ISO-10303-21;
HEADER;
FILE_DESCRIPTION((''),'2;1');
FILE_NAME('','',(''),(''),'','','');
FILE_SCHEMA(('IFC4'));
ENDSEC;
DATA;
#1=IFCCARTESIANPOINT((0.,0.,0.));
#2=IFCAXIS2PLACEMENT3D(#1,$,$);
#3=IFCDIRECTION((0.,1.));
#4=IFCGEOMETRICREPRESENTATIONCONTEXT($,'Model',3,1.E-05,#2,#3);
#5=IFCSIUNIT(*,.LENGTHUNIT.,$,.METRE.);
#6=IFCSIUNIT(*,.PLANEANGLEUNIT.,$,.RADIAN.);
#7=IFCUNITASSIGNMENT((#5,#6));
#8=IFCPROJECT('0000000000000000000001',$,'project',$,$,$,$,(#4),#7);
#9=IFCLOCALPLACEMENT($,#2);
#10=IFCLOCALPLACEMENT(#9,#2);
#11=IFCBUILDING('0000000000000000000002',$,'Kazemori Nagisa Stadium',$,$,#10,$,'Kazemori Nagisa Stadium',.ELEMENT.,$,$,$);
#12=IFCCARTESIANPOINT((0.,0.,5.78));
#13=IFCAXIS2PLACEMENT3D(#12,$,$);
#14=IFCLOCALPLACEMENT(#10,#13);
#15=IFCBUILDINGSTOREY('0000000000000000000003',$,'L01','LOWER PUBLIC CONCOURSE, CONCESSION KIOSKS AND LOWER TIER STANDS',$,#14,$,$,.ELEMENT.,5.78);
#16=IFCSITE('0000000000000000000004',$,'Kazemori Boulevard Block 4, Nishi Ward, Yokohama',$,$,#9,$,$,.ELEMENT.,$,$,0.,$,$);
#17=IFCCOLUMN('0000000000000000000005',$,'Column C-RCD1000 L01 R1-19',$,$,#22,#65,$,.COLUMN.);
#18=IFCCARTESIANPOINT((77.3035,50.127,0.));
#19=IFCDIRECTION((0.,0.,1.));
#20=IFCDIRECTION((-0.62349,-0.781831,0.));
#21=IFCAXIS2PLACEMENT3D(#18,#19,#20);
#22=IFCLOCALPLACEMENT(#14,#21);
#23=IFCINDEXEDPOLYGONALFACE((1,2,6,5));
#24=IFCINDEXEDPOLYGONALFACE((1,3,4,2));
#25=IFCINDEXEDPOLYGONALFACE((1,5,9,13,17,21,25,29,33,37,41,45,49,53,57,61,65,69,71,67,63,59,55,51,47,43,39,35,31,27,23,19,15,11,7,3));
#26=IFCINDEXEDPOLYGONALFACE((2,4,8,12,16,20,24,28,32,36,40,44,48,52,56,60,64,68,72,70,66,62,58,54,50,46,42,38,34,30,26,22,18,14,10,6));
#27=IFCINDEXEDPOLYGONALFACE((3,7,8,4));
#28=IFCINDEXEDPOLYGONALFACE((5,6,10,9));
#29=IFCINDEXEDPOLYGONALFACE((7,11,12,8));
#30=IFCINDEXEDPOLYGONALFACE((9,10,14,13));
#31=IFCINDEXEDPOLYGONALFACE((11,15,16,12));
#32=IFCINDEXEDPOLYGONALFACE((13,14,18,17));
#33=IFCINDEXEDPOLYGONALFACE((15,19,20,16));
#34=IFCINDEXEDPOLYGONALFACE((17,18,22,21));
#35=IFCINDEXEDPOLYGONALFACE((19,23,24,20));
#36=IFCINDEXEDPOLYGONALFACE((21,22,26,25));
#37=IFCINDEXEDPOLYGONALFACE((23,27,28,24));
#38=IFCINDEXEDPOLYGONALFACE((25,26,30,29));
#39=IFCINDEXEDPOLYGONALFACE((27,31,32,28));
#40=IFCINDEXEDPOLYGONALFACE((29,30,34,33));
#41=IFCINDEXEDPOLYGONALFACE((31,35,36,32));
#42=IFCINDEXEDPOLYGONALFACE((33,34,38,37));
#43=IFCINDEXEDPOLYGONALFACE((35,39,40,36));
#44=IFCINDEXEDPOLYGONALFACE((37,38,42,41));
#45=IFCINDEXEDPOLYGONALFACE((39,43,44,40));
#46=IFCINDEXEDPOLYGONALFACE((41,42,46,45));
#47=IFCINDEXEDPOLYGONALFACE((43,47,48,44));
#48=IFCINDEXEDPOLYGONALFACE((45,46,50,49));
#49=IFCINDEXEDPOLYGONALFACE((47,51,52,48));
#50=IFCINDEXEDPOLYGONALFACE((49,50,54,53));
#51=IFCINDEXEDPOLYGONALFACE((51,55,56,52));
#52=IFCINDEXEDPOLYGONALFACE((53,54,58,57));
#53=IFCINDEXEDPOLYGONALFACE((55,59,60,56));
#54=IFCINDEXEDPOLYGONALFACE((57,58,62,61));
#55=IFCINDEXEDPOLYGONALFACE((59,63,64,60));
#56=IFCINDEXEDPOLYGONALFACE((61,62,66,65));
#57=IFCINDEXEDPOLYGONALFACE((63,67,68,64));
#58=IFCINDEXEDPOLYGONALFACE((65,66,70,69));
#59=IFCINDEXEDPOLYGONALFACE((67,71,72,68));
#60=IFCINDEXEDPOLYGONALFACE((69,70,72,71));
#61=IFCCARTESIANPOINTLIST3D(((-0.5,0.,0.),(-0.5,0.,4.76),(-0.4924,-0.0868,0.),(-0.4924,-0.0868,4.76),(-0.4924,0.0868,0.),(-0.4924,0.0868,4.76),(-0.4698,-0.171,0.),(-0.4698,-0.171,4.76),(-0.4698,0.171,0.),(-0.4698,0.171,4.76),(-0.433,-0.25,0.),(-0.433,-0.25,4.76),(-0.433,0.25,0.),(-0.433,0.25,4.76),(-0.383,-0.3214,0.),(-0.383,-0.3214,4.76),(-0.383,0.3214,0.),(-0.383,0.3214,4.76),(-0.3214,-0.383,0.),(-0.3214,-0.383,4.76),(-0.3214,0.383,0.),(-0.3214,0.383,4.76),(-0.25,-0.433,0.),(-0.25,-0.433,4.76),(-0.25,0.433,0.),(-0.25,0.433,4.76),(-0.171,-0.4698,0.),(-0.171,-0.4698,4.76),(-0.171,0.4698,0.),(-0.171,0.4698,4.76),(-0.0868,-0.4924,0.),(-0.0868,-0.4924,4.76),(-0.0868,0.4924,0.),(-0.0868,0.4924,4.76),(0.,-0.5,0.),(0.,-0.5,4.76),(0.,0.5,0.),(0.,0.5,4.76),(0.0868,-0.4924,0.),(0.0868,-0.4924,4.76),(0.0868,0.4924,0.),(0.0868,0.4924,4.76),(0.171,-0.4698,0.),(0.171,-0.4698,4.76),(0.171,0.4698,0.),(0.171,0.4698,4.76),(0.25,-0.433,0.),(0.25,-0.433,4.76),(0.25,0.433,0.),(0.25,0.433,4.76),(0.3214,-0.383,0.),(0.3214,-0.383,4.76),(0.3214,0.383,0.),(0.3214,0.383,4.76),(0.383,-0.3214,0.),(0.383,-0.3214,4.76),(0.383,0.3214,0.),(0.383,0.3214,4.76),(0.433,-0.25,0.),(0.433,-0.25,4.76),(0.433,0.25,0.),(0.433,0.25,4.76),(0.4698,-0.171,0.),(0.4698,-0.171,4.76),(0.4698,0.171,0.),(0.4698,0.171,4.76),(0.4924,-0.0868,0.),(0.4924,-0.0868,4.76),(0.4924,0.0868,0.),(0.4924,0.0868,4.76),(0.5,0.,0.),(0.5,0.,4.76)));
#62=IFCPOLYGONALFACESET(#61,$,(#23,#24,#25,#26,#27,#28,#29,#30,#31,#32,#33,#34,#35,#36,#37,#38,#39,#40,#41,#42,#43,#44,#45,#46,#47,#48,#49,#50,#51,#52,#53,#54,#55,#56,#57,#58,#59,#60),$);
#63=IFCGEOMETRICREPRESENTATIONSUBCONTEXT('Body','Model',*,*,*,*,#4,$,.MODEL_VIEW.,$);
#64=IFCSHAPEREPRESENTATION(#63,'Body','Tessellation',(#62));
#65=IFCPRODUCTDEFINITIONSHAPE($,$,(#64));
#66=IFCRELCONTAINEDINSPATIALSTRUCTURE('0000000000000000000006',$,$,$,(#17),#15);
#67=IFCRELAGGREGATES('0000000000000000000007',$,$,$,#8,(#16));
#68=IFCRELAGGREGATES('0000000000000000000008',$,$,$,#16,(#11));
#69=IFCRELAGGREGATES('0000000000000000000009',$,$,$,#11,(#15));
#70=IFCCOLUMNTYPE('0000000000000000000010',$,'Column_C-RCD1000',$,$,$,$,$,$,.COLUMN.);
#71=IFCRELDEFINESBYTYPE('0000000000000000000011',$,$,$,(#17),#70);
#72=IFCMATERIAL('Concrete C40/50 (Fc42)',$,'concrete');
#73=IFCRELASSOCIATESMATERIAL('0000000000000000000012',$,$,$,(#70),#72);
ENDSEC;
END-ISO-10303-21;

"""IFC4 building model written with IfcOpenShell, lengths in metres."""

from ifc_helpers import new_model, si_unit, direction, frame, origin, origin_2d, place, context, subcontext, project, spatial, circle, extrude, material, material_profile, profile_set, type_object, element, save


model = new_model("IFC4")

# Units and contexts
model_context = context("Model", 3, precision=1e-05, world=origin(), true_north=direction((0.0, 1.0)))
body_context = subcontext(model_context, "Body", "Model", "MODEL_VIEW")
ifc_project = project(units=[si_unit("LENGTHUNIT", "METRE"), si_unit("PLANEANGLEUNIT", "RADIAN")], contexts=[model_context])

# Site, building, storey
site_placement = place(None, origin())
site = spatial("IfcSite", under=ifc_project, at=site_placement, Name="Kazemori Boulevard Block 4, Nishi Ward, Yokohama", CompositionType="ELEMENT", RefElevation=0.0)
building_placement = place(site_placement, origin())
building = spatial("IfcBuilding", under=site, at=building_placement, Name="Kazemori Nagisa Stadium", LongName="Kazemori Nagisa Stadium", CompositionType="ELEMENT")
storey_placement = place(building_placement, frame((0.0, 0.0, 5.78)))
storey = spatial("IfcBuildingStorey", under=building, at=storey_placement, Name="L01", Description="LOWER PUBLIC CONCOURSE, CONCESSION KIOSKS AND LOWER TIER STANDS", CompositionType="ELEMENT", Elevation=5.78)

# Column
ifc_material_1 = material(Name="Concrete C40/50 (Fc42)", Category="concrete")
ifc_material_profile_1 = material_profile(ifc_material_1, circle(Radius=0.5, at=origin_2d()), Name="RC-COL-D1000")
ifc_profile_set_1 = profile_set([ifc_material_profile_1], Name="Concrete C40/50 (Fc42)")
column_type = type_object("IfcColumnType", Name="Column_C-RCD1000", PredefinedType="COLUMN", material=ifc_profile_set_1)
column_placement = place(storey_placement, frame((77.3035, 50.127, 0.0), z_axis=(0.0, 0.0, 1.0), x_axis=(-0.62349, -0.781831, 0.0)))
element("IfcColumn", 1, at=column_placement, inside=storey, type_object=column_type, Name="Column C-RCD1000 L01 R1-19", PredefinedType="COLUMN", context=body_context, shape_type="SweptSolid", body=[
    extrude(circle(Radius=0.5, at=origin_2d()), origin(), (0.0, 0.0, 1.0), 4.76),
])

save(model, "model.ifc")
